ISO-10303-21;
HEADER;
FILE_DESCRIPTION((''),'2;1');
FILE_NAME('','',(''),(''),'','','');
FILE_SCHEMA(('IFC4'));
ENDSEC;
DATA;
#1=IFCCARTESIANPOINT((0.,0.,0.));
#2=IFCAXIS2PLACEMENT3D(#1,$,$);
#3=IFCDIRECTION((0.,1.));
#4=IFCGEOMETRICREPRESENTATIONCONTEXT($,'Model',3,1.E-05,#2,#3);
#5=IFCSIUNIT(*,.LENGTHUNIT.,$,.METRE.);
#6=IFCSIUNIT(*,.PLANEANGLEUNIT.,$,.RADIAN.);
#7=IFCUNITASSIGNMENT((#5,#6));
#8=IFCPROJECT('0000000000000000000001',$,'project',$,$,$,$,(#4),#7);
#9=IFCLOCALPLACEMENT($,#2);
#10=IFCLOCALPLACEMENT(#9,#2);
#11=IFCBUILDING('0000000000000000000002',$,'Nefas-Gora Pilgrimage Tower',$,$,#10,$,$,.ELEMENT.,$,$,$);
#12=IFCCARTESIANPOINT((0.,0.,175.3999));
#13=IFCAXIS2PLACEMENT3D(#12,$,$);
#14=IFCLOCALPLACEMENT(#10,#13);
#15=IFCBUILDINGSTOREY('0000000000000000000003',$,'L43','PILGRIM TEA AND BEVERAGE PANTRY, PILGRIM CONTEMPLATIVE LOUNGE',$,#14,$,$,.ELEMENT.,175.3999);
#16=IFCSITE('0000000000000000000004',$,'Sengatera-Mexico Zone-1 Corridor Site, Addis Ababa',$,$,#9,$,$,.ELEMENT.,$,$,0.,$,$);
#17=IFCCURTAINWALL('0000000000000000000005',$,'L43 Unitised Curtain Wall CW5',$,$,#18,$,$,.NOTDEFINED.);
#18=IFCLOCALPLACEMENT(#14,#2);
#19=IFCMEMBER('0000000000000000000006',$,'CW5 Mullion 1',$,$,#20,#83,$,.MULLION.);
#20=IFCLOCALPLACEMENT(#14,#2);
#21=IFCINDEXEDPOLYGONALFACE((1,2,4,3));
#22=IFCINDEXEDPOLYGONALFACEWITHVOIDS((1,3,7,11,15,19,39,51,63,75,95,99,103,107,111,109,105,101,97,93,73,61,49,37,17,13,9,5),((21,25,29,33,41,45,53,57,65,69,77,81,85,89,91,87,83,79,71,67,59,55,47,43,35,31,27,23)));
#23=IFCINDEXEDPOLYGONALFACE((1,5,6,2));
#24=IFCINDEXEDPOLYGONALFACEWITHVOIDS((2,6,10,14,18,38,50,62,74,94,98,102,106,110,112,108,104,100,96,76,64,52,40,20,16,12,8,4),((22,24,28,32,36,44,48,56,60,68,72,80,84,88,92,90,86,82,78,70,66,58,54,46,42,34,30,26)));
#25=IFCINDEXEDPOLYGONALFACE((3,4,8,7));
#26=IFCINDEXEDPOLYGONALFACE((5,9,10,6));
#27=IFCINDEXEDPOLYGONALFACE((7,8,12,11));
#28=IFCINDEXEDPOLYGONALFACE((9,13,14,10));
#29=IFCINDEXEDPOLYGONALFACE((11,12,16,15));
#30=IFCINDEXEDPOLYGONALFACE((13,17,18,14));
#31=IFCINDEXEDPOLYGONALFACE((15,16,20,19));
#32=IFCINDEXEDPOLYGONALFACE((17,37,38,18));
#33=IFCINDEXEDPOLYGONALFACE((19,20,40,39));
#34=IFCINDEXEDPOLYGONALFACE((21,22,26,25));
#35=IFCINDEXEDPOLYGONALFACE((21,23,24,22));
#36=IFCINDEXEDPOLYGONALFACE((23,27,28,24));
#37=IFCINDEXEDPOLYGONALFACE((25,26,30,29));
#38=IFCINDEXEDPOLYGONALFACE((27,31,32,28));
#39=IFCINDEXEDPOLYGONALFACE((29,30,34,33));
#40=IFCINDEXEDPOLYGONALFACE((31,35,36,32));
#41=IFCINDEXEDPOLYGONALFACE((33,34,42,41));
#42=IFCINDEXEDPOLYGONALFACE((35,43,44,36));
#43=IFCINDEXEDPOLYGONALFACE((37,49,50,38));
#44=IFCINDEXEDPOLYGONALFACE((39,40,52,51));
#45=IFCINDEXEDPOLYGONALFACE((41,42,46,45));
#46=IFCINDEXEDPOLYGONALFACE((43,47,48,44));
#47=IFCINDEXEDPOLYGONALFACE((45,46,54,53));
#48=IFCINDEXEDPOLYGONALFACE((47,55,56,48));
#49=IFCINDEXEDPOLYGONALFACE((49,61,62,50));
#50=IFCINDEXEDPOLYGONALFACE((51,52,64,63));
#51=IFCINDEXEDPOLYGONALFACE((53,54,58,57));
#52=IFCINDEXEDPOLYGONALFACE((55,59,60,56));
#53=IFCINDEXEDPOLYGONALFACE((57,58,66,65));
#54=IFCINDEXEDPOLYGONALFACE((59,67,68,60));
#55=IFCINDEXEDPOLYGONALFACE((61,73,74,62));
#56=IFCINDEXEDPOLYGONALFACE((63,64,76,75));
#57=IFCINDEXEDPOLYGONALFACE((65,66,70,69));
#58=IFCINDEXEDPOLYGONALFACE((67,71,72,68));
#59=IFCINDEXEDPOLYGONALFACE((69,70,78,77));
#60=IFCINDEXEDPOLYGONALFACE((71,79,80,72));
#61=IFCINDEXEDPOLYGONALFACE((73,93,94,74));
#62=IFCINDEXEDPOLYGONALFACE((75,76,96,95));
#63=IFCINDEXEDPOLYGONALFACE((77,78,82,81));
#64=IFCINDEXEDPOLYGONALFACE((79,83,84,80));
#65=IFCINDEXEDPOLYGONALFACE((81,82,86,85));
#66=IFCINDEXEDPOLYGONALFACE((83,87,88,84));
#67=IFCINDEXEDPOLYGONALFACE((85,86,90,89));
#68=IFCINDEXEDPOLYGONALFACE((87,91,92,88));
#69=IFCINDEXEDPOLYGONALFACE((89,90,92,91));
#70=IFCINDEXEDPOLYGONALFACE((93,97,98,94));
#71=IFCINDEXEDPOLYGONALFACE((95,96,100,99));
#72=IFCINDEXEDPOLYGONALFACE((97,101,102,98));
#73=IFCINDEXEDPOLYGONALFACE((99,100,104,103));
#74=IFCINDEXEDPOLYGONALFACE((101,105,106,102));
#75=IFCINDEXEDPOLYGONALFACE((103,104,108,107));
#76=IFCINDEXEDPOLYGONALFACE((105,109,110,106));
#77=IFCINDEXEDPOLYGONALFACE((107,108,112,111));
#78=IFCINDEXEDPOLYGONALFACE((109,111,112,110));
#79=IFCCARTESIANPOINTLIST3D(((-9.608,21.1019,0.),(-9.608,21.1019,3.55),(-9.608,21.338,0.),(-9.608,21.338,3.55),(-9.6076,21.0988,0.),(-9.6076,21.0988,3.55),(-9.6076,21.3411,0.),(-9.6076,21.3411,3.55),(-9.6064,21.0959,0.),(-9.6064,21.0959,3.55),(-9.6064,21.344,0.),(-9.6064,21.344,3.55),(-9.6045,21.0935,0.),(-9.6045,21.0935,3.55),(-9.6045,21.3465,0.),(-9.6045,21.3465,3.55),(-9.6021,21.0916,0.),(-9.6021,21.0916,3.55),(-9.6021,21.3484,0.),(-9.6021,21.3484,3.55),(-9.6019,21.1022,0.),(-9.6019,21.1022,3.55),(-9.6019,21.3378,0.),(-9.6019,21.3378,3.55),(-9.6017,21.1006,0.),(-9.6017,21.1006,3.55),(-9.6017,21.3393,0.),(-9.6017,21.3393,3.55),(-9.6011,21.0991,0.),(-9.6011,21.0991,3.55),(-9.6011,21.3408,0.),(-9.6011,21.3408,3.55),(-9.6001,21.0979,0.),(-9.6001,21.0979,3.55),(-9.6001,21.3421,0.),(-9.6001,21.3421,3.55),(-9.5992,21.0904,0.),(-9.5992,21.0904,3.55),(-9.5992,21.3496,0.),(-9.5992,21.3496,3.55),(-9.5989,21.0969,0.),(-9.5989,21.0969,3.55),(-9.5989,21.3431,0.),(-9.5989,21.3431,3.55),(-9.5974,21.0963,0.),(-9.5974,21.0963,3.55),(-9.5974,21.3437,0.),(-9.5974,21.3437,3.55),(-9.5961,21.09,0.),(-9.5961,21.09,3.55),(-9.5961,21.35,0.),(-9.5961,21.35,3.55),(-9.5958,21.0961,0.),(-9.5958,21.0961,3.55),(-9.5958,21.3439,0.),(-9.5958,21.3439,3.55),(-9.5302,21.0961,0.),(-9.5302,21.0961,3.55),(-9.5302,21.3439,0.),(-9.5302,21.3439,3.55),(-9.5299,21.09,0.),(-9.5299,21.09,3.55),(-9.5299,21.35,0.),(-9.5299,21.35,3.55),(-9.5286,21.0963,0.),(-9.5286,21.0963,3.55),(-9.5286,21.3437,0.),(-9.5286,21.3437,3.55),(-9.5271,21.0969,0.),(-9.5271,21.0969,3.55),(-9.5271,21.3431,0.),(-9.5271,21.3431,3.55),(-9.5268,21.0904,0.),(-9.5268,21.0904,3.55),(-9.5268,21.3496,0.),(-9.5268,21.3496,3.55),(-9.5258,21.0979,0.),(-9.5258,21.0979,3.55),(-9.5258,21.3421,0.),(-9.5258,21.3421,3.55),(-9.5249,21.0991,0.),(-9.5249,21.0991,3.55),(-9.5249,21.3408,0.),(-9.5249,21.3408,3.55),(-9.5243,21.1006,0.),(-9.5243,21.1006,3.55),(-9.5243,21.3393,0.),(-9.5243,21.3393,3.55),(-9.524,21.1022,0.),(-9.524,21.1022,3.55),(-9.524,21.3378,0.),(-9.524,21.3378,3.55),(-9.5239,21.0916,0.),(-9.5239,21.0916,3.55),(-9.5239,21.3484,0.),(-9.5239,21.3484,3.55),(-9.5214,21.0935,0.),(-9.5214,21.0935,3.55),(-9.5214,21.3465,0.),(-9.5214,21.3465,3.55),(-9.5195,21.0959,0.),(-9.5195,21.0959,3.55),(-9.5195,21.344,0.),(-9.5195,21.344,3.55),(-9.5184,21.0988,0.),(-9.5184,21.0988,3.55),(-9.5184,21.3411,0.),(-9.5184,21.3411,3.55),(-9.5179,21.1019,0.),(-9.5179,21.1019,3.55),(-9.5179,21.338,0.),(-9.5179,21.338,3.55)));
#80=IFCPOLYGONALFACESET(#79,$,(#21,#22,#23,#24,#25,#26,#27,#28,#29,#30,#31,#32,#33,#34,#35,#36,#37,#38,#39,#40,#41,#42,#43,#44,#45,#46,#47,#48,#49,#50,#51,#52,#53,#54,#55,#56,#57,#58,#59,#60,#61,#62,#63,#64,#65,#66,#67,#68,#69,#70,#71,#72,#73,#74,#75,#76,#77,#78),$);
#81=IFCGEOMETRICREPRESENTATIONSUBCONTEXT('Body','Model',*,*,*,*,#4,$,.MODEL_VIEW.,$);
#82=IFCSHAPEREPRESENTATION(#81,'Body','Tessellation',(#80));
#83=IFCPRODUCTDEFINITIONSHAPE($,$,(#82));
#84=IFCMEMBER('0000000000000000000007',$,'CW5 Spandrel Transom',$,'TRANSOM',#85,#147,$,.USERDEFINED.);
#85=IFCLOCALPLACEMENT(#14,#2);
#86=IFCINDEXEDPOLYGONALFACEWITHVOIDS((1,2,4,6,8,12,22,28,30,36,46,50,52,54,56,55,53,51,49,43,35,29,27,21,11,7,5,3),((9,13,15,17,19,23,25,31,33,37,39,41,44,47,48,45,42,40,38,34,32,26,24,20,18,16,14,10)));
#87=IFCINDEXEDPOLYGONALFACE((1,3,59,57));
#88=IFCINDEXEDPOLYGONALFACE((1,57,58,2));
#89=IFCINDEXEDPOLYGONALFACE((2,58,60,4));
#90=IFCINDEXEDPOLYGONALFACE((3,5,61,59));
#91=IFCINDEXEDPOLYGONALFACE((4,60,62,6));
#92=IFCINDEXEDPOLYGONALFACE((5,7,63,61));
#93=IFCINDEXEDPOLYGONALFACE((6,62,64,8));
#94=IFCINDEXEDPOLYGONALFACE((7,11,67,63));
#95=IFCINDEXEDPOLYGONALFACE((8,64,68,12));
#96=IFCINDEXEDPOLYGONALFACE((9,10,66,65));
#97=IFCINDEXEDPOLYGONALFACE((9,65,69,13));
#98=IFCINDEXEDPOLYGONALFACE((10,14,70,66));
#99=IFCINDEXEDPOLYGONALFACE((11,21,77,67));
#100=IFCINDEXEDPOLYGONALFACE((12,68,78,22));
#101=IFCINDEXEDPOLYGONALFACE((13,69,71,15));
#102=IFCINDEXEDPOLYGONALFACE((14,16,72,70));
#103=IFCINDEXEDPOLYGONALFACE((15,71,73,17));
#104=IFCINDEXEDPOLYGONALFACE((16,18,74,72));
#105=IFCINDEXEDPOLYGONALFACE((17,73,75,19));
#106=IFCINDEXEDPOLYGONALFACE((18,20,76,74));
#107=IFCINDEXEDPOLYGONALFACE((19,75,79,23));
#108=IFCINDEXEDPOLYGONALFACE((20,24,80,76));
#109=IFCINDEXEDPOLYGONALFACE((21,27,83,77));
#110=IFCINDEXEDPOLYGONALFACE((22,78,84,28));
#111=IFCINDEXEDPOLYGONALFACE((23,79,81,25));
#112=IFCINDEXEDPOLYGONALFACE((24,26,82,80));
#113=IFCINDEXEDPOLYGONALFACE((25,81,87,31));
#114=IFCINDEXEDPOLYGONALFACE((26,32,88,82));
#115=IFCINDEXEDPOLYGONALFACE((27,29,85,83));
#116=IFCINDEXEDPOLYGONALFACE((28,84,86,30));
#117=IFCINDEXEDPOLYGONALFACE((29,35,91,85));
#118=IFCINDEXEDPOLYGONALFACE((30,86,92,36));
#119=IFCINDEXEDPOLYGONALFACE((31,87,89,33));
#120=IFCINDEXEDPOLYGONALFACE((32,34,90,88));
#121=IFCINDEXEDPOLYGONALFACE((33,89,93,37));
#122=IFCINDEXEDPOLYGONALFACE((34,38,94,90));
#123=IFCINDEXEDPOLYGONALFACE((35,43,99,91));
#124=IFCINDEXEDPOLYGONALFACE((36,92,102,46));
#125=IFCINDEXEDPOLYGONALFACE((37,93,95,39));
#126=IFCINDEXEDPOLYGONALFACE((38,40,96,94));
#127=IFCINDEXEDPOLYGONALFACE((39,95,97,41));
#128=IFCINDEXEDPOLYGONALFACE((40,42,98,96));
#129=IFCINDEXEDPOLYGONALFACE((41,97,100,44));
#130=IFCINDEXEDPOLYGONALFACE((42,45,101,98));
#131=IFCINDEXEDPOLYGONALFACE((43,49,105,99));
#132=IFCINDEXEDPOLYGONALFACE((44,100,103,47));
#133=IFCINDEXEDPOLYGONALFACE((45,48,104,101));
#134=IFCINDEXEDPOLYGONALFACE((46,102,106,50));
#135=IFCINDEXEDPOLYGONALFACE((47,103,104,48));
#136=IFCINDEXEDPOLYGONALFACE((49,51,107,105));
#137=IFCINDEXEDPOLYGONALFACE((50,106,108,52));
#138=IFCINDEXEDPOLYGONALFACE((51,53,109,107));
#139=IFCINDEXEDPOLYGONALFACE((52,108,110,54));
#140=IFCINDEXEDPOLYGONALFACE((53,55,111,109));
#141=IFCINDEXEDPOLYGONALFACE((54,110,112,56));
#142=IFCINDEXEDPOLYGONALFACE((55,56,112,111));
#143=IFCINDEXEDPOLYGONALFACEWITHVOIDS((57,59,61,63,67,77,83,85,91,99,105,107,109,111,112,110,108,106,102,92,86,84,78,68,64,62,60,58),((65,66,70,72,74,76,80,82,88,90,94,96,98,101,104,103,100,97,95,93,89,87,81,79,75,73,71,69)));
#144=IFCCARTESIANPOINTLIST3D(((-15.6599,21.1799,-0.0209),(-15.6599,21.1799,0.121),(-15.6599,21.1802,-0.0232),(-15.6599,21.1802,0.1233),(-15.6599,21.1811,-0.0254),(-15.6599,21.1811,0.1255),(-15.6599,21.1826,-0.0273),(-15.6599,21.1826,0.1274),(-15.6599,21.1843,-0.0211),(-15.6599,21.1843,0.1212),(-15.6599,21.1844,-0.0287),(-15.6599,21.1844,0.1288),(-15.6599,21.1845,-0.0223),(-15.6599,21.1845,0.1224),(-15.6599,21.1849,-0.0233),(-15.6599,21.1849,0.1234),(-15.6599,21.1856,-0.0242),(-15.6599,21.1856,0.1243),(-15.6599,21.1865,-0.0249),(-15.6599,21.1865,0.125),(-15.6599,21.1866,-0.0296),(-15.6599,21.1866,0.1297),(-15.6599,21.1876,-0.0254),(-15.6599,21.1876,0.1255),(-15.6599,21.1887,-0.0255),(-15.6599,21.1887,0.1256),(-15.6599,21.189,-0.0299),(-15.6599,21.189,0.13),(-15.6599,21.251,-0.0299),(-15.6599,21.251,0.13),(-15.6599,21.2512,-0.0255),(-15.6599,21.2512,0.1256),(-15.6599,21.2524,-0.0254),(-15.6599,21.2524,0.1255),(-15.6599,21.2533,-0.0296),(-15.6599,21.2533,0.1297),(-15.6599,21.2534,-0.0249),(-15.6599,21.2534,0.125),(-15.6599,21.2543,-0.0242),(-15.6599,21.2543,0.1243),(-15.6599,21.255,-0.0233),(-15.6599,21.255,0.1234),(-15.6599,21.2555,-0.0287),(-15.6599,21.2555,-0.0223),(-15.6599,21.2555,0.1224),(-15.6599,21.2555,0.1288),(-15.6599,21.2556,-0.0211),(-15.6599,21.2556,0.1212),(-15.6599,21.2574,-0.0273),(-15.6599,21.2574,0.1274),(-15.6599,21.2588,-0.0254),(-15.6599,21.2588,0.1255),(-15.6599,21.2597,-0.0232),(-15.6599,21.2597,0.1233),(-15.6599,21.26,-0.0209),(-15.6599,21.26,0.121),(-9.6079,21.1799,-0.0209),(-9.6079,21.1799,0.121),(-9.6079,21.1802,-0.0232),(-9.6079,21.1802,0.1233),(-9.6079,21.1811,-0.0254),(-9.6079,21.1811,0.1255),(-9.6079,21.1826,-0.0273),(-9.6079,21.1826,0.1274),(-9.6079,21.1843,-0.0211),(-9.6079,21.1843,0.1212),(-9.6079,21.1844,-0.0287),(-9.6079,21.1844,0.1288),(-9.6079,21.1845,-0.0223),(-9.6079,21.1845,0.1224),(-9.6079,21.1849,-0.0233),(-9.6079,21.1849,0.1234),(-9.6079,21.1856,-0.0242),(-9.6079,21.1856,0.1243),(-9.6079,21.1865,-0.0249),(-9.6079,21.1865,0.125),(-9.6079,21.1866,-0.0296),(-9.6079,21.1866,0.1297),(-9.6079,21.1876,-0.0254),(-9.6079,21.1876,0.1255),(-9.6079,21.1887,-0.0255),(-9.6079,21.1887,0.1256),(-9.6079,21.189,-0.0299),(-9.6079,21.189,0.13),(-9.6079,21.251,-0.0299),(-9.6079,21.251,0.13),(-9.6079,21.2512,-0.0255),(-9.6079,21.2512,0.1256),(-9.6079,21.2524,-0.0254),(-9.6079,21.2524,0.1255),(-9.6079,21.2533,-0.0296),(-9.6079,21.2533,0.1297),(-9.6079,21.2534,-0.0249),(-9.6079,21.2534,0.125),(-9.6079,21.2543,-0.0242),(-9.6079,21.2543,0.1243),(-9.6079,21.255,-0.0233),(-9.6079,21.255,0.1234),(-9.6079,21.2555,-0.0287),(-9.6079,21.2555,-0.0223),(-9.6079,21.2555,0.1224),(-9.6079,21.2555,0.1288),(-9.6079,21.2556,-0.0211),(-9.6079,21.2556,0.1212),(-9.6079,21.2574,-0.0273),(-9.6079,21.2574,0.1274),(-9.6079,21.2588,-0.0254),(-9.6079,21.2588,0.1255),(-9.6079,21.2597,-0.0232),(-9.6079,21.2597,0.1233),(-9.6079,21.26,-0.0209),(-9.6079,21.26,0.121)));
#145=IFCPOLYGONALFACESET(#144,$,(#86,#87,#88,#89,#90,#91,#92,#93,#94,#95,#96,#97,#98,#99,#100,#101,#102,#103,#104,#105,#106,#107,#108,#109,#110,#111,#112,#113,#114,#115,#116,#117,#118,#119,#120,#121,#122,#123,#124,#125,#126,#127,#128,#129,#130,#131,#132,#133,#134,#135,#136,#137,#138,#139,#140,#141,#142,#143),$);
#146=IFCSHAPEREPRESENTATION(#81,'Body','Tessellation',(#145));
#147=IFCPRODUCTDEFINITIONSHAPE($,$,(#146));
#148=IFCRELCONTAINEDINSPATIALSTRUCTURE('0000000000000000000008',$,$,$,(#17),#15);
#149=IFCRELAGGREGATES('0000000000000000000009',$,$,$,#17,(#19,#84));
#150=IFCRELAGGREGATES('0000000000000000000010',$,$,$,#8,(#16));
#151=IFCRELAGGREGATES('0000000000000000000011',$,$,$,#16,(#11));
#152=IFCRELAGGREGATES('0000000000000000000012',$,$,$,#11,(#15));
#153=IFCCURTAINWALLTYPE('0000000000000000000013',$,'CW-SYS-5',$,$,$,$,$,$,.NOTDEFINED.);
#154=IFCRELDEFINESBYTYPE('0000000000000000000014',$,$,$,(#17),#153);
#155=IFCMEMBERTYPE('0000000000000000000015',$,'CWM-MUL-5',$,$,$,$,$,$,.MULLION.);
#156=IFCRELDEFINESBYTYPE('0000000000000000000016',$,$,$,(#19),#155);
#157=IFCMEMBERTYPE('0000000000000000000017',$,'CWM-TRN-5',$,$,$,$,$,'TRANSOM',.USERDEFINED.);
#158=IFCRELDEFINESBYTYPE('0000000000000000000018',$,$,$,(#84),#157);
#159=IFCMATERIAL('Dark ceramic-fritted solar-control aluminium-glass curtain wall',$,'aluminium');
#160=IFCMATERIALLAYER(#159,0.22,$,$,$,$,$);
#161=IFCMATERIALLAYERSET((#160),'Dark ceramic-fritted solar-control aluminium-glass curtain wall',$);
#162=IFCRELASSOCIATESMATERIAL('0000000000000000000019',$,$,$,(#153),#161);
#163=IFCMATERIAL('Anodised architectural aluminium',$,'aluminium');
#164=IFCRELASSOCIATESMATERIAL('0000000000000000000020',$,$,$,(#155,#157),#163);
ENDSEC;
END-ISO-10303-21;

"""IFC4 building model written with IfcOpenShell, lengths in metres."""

from ifc_helpers import new_model, si_unit, direction, frame, origin, origin_2d, place, context, subcontext, project, spatial, hollow_rectangle, extrude, source, transform, mapped, material, layer, layer_set, material_profile, profile_set, type_object, element, aggregate, save


model = new_model("IFC4")

# Units and contexts
model_context = context("Model", 3, precision=1e-05, world=origin(), true_north=direction((0.0, 1.0)))
body_context = subcontext(model_context, "Body", "Model", "MODEL_VIEW")
ifc_project = project(units=[si_unit("LENGTHUNIT", "METRE"), si_unit("PLANEANGLEUNIT", "RADIAN")], contexts=[model_context])

# Site, building, storey
site_placement = place(None, origin())
site = spatial("IfcSite", under=ifc_project, at=site_placement, Name="Sengatera-Mexico Zone-1 Corridor Site, Addis Ababa", CompositionType="ELEMENT", RefElevation=0.0)
building_placement = place(site_placement, origin())
building = spatial("IfcBuilding", under=site, at=building_placement, Name="Nefas-Gora Pilgrimage Tower", CompositionType="ELEMENT")
storey_placement = place(building_placement, frame((0.0, 0.0, 175.3999)))
storey = spatial("IfcBuildingStorey", under=building, at=storey_placement, Name="L43", Description="PILGRIM TEA AND BEVERAGE PANTRY, PILGRIM CONTEMPLATIVE LOUNGE", CompositionType="ELEMENT", Elevation=175.3999)

# Shared definitions
ifc_material_1 = material(Name="Dark ceramic-fritted solar-control aluminium-glass curtain wall", Category="aluminium")
ifc_layer_1 = layer(ifc_material_1, 0.22)
ifc_layer_set_1 = layer_set([ifc_layer_1], Name="Dark ceramic-fritted solar-control aluminium-glass curtain wall")
curtain_wall_type = type_object("IfcCurtainWallType", Name="CW-SYS-5", PredefinedType="NOTDEFINED", material=ifc_layer_set_1)
ifc_material_2 = material(Name="Anodised architectural aluminium", Category="aluminium")
ifc_material_profile_1 = material_profile(ifc_material_2, hollow_rectangle(XDim=0.0901, YDim=0.26, WallThickness=0.0061, InnerFilletRadius=0.0061, OuterFilletRadius=0.012, at=origin_2d()), Name="ALU MULLION 90x260")
ifc_profile_set_1 = profile_set([ifc_material_profile_1], Name="Anodised architectural aluminium")
member_type_1 = type_object("IfcMemberType", Name="CWM-MUL-5", PredefinedType="MULLION", material=ifc_profile_set_1)
shared_shape_1 = source(origin(), body_context, "Body", "SweptSolid", [
    extrude(hollow_rectangle(XDim=0.0901, YDim=0.26, WallThickness=0.0061, InnerFilletRadius=0.0061, OuterFilletRadius=0.012, at=origin_2d()), origin(), (0.0, 0.0, 1.0), 3.55),
])

# Curtain wall, members
curtain_wall_1_placement = place(storey_placement, origin())
curtain_wall_1 = element("IfcCurtainWall", 1, at=curtain_wall_1_placement, inside=storey, type_object=curtain_wall_type, Name="L43 Unitised Curtain Wall CW5", PredefinedType="NOTDEFINED")
member_1_placement = place(storey_placement, frame((-9.563, 21.22, 0.0), z_axis=(0.0, 0.0, 1.0), x_axis=(-1.0, 0.0, 0.0)))
member_1 = element("IfcMember", 2, at=member_1_placement, type_object=member_type_1, Name="CW5 Mullion 1", PredefinedType="MULLION", context=body_context, shape_type="MappedRepresentation", body=[
    mapped(shared_shape_1, transform((0.0, 0.0, 0.0), x_axis=(1.0, 0.0, 0.0), y_axis=(0.0, 1.0, 0.0), z_axis=(0.0, 0.0, 1.0), scale=1.0)),
])
ifc_material_profile_2 = material_profile(ifc_material_2, hollow_rectangle(XDim=0.0801, YDim=0.1599, WallThickness=0.0044, InnerFilletRadius=0.0044, OuterFilletRadius=0.009, at=origin_2d()), Name="ALU TRANSOM 80x160")
ifc_profile_set_2 = profile_set([ifc_material_profile_2], Name="Anodised architectural aluminium")
member_type_2 = type_object("IfcMemberType", Name="CWM-TRN-5", ElementType="TRANSOM", PredefinedType="USERDEFINED", material=ifc_profile_set_2)
shared_shape_2 = source(origin(), body_context, "Body", "SweptSolid", [
    extrude(hollow_rectangle(XDim=0.0801, YDim=0.1599, WallThickness=0.0044, InnerFilletRadius=0.0044, OuterFilletRadius=0.009, at=origin_2d()), origin(), (0.0, 0.0, 1.0), 6.052),
])
member_2_placement = place(storey_placement, frame((-9.6079, 21.22, 0.05), z_axis=(-1.0, 0.0, 0.0), x_axis=(0.0, -1.0, 0.0)))
member_2 = element("IfcMember", 3, at=member_2_placement, type_object=member_type_2, Name="CW5 Spandrel Transom", ObjectType="TRANSOM", PredefinedType="USERDEFINED", context=body_context, shape_type="MappedRepresentation", body=[
    mapped(shared_shape_2, transform((0.0, 0.0, 0.0), x_axis=(1.0, 0.0, 0.0), y_axis=(0.0, 1.0, 0.0), z_axis=(0.0, 0.0, 1.0), scale=1.0)),
])
aggregate(curtain_wall_1, [member_1, member_2])

save(model, "model.ifc")
